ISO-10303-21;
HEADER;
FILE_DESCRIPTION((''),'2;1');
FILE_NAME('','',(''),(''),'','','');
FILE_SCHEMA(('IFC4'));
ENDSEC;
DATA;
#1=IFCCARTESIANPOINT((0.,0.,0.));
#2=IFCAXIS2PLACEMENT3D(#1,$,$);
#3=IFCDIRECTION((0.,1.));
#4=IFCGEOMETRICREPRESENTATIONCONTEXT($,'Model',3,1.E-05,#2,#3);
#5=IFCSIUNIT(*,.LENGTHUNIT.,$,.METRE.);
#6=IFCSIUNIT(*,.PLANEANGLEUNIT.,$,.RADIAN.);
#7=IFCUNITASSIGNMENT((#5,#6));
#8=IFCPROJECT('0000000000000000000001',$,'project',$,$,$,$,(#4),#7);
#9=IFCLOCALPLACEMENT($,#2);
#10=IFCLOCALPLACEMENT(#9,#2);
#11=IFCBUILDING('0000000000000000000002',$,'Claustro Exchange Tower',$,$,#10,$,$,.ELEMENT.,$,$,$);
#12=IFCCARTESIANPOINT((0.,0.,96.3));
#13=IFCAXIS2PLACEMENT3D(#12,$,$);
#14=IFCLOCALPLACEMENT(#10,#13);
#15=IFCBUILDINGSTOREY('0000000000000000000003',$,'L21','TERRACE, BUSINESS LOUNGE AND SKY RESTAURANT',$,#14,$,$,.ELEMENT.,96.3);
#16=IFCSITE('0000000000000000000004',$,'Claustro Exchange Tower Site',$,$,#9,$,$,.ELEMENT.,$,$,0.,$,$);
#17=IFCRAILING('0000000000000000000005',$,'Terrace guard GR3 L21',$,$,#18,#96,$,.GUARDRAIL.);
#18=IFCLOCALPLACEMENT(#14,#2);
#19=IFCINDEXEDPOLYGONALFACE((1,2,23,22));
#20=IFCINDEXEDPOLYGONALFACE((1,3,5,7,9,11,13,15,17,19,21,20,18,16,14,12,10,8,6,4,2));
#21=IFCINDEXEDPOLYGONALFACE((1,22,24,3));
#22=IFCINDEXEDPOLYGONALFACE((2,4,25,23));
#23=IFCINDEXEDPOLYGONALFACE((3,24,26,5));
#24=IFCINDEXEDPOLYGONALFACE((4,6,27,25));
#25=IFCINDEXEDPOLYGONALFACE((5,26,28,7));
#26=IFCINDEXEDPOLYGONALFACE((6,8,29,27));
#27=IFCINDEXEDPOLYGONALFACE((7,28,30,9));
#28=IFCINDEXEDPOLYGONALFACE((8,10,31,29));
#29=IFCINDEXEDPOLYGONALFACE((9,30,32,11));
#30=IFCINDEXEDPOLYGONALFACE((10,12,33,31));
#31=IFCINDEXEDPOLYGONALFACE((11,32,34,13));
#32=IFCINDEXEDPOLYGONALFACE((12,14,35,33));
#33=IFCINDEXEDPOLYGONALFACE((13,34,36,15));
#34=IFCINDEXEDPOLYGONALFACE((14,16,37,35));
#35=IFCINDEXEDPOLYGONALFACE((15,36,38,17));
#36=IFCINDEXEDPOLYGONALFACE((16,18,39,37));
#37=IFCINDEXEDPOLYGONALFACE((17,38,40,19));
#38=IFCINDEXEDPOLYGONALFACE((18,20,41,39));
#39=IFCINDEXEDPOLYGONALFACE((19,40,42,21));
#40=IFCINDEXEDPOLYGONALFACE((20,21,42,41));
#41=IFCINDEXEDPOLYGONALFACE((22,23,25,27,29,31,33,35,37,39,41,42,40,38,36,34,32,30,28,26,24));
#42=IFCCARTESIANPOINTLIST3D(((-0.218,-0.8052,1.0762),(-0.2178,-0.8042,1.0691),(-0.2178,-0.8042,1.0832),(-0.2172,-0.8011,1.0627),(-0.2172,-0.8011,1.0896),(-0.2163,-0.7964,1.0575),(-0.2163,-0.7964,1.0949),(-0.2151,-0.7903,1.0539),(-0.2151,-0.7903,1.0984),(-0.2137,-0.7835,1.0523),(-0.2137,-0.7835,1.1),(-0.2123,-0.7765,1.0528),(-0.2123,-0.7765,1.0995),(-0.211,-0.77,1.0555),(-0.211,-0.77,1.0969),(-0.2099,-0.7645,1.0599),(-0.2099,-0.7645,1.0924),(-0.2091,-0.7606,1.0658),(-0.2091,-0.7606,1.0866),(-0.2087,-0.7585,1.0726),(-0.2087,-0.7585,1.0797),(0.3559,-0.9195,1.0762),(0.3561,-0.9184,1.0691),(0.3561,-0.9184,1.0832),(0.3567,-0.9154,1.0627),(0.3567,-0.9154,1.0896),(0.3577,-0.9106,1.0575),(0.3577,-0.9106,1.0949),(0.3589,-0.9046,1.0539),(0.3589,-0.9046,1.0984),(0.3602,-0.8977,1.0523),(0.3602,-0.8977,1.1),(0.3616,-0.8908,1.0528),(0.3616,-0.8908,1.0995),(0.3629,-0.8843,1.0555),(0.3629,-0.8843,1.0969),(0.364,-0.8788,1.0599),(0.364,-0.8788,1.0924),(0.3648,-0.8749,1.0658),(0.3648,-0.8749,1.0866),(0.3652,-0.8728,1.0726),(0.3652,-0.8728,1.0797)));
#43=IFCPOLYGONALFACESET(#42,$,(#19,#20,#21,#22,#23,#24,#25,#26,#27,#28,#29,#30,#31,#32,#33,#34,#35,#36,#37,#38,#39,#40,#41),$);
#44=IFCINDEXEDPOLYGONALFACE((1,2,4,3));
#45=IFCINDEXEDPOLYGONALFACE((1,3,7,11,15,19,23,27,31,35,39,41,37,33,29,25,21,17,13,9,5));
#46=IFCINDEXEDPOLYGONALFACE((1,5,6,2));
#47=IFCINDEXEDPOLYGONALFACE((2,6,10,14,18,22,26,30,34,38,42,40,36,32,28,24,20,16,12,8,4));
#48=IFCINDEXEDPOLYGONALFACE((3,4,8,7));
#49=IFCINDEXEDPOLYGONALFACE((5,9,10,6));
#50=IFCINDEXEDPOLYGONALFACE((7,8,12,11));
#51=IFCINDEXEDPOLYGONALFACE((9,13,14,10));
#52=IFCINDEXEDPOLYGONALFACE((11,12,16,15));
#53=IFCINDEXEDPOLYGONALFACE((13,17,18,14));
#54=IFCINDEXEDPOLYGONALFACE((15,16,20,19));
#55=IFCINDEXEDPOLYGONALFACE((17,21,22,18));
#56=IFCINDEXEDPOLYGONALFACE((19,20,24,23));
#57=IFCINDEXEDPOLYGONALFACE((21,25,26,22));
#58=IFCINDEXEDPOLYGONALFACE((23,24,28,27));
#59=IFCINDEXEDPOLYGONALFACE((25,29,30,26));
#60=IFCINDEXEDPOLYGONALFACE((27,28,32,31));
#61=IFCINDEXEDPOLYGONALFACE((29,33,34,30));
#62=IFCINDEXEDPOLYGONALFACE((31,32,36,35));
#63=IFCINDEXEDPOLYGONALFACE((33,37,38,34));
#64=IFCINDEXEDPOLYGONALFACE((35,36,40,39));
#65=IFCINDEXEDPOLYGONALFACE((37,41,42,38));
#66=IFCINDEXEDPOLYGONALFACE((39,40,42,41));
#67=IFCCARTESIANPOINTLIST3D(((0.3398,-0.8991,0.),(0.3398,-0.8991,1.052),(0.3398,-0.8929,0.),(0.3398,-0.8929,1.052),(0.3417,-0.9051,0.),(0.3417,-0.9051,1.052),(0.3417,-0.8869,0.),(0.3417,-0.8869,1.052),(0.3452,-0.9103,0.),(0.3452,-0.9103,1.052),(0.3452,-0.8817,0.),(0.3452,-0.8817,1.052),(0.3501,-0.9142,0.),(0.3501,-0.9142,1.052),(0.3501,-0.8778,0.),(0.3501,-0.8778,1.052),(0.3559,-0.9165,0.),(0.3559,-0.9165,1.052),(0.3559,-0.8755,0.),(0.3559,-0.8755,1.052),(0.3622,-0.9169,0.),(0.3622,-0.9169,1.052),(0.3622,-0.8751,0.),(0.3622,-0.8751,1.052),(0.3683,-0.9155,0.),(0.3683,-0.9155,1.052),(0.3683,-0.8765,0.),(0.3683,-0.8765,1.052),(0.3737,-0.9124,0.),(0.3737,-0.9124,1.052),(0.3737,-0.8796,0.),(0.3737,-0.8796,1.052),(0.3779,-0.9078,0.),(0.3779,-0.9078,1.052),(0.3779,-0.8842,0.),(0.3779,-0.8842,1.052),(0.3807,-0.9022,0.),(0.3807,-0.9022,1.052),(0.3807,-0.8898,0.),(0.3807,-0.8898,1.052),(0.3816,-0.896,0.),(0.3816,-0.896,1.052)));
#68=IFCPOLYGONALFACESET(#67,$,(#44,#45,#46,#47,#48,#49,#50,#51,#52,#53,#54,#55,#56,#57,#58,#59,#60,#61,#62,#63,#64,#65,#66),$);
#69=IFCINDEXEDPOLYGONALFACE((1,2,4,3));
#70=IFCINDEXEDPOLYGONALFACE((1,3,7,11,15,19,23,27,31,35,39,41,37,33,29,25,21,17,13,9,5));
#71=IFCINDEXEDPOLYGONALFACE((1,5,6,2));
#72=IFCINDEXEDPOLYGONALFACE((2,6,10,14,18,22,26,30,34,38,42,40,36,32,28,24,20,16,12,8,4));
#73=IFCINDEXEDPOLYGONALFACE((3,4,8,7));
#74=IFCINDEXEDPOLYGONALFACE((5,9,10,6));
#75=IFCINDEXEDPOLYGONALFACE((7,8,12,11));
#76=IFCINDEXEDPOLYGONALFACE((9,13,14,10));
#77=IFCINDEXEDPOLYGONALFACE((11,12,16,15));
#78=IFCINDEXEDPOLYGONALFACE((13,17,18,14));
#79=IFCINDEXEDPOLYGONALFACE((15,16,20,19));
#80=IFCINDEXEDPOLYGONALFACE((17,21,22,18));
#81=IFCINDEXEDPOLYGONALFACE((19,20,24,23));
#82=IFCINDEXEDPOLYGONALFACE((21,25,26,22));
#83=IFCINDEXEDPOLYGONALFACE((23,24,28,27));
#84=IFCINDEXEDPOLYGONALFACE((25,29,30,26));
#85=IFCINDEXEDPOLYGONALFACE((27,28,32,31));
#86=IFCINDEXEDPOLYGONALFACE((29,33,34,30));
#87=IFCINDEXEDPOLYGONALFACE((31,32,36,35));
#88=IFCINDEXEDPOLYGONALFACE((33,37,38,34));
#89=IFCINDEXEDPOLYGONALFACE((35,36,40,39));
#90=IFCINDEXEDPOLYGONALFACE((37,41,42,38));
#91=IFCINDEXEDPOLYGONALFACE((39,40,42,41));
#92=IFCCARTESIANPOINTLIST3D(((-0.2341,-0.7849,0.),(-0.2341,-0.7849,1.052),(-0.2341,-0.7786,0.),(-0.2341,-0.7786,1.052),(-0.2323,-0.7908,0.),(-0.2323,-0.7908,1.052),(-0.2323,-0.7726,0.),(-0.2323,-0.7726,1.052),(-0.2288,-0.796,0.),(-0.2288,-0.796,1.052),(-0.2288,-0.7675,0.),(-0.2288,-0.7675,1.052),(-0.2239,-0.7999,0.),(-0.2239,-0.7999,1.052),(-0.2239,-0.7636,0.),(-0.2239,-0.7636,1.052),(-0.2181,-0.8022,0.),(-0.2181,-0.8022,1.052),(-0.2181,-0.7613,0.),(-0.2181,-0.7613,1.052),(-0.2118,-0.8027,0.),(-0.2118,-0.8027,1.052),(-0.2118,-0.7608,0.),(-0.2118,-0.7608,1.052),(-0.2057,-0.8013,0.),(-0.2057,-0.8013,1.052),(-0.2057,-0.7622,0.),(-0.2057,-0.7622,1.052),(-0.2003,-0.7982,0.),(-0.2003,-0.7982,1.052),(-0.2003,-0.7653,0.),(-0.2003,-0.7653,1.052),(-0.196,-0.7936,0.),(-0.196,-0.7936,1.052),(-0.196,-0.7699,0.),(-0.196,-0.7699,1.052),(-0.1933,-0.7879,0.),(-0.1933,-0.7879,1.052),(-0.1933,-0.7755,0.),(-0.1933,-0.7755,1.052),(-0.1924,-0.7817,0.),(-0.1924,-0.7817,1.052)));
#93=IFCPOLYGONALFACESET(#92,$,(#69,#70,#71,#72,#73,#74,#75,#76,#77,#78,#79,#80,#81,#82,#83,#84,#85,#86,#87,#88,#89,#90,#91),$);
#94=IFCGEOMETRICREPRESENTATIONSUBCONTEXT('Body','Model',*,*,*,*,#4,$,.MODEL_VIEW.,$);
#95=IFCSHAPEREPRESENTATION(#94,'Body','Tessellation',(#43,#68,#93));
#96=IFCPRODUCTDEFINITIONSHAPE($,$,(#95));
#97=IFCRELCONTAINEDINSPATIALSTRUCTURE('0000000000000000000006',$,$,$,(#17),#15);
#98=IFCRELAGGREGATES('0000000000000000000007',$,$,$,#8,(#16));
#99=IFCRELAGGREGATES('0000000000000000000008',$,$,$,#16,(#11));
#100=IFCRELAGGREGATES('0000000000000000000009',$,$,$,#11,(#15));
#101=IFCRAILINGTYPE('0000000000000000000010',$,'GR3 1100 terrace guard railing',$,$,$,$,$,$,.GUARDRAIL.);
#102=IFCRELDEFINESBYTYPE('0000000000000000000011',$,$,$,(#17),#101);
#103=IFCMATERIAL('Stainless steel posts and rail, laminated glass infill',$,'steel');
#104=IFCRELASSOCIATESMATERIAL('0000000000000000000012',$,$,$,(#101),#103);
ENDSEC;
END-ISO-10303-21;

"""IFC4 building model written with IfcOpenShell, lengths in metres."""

from ifc_helpers import new_model, si_unit, direction, frame, origin, origin_2d, place, context, subcontext, project, spatial, circle, extrude, material, type_object, element, save


model = new_model("IFC4")

# Units and contexts
model_context = context("Model", 3, precision=1e-05, world=origin(), true_north=direction((0.0, 1.0)))
body_context = subcontext(model_context, "Body", "Model", "MODEL_VIEW")
ifc_project = project(units=[si_unit("LENGTHUNIT", "METRE"), si_unit("PLANEANGLEUNIT", "RADIAN")], contexts=[model_context])

# Site, building, storey
site_placement = place(None, origin())
site = spatial("IfcSite", under=ifc_project, at=site_placement, Name="Claustro Exchange Tower Site", CompositionType="ELEMENT", RefElevation=0.0)
building_placement = place(site_placement, origin())
building = spatial("IfcBuilding", under=site, at=building_placement, Name="Claustro Exchange Tower", CompositionType="ELEMENT")
storey_placement = place(building_placement, frame((0.0, 0.0, 96.3)))
storey = spatial("IfcBuildingStorey", under=building, at=storey_placement, Name="L21", Description="TERRACE, BUSINESS LOUNGE AND SKY RESTAURANT", CompositionType="ELEMENT", Elevation=96.3)

# Railing
ifc_material_1 = material(Name="Stainless steel posts and rail, laminated glass infill", Category="steel")
railing_type = type_object("IfcRailingType", Name="GR3 1100 terrace guard railing", PredefinedType="GUARDRAIL", material=ifc_material_1)
railing_1_placement = place(storey_placement, frame((0.3606, -0.896, 0.0)))
element("IfcRailing", 1, at=railing_1_placement, inside=storey, type_object=railing_type, Name="Terrace guard GR3 L21", PredefinedType="GUARDRAIL", context=body_context, shape_type="SweptSolid", body=[
    extrude(circle(Radius=0.0239, at=origin_2d()), frame((0.0, 0.0, 1.0762), z_axis=(-0.980757, 0.195234, 0.0), x_axis=(-0.195234, -0.980757, 0.0)), (0.0, 0.0, 1.0), 0.5852),
    extrude(circle(Radius=0.021, at=origin_2d()), origin(), (0.0, 0.0, 1.0), 1.052),
    extrude(circle(Radius=0.021, at=origin_2d()), frame((-0.574, 0.1143, 0.0)), (0.0, 0.0, 1.0), 1.052),
])

save(model, "model.ifc")
